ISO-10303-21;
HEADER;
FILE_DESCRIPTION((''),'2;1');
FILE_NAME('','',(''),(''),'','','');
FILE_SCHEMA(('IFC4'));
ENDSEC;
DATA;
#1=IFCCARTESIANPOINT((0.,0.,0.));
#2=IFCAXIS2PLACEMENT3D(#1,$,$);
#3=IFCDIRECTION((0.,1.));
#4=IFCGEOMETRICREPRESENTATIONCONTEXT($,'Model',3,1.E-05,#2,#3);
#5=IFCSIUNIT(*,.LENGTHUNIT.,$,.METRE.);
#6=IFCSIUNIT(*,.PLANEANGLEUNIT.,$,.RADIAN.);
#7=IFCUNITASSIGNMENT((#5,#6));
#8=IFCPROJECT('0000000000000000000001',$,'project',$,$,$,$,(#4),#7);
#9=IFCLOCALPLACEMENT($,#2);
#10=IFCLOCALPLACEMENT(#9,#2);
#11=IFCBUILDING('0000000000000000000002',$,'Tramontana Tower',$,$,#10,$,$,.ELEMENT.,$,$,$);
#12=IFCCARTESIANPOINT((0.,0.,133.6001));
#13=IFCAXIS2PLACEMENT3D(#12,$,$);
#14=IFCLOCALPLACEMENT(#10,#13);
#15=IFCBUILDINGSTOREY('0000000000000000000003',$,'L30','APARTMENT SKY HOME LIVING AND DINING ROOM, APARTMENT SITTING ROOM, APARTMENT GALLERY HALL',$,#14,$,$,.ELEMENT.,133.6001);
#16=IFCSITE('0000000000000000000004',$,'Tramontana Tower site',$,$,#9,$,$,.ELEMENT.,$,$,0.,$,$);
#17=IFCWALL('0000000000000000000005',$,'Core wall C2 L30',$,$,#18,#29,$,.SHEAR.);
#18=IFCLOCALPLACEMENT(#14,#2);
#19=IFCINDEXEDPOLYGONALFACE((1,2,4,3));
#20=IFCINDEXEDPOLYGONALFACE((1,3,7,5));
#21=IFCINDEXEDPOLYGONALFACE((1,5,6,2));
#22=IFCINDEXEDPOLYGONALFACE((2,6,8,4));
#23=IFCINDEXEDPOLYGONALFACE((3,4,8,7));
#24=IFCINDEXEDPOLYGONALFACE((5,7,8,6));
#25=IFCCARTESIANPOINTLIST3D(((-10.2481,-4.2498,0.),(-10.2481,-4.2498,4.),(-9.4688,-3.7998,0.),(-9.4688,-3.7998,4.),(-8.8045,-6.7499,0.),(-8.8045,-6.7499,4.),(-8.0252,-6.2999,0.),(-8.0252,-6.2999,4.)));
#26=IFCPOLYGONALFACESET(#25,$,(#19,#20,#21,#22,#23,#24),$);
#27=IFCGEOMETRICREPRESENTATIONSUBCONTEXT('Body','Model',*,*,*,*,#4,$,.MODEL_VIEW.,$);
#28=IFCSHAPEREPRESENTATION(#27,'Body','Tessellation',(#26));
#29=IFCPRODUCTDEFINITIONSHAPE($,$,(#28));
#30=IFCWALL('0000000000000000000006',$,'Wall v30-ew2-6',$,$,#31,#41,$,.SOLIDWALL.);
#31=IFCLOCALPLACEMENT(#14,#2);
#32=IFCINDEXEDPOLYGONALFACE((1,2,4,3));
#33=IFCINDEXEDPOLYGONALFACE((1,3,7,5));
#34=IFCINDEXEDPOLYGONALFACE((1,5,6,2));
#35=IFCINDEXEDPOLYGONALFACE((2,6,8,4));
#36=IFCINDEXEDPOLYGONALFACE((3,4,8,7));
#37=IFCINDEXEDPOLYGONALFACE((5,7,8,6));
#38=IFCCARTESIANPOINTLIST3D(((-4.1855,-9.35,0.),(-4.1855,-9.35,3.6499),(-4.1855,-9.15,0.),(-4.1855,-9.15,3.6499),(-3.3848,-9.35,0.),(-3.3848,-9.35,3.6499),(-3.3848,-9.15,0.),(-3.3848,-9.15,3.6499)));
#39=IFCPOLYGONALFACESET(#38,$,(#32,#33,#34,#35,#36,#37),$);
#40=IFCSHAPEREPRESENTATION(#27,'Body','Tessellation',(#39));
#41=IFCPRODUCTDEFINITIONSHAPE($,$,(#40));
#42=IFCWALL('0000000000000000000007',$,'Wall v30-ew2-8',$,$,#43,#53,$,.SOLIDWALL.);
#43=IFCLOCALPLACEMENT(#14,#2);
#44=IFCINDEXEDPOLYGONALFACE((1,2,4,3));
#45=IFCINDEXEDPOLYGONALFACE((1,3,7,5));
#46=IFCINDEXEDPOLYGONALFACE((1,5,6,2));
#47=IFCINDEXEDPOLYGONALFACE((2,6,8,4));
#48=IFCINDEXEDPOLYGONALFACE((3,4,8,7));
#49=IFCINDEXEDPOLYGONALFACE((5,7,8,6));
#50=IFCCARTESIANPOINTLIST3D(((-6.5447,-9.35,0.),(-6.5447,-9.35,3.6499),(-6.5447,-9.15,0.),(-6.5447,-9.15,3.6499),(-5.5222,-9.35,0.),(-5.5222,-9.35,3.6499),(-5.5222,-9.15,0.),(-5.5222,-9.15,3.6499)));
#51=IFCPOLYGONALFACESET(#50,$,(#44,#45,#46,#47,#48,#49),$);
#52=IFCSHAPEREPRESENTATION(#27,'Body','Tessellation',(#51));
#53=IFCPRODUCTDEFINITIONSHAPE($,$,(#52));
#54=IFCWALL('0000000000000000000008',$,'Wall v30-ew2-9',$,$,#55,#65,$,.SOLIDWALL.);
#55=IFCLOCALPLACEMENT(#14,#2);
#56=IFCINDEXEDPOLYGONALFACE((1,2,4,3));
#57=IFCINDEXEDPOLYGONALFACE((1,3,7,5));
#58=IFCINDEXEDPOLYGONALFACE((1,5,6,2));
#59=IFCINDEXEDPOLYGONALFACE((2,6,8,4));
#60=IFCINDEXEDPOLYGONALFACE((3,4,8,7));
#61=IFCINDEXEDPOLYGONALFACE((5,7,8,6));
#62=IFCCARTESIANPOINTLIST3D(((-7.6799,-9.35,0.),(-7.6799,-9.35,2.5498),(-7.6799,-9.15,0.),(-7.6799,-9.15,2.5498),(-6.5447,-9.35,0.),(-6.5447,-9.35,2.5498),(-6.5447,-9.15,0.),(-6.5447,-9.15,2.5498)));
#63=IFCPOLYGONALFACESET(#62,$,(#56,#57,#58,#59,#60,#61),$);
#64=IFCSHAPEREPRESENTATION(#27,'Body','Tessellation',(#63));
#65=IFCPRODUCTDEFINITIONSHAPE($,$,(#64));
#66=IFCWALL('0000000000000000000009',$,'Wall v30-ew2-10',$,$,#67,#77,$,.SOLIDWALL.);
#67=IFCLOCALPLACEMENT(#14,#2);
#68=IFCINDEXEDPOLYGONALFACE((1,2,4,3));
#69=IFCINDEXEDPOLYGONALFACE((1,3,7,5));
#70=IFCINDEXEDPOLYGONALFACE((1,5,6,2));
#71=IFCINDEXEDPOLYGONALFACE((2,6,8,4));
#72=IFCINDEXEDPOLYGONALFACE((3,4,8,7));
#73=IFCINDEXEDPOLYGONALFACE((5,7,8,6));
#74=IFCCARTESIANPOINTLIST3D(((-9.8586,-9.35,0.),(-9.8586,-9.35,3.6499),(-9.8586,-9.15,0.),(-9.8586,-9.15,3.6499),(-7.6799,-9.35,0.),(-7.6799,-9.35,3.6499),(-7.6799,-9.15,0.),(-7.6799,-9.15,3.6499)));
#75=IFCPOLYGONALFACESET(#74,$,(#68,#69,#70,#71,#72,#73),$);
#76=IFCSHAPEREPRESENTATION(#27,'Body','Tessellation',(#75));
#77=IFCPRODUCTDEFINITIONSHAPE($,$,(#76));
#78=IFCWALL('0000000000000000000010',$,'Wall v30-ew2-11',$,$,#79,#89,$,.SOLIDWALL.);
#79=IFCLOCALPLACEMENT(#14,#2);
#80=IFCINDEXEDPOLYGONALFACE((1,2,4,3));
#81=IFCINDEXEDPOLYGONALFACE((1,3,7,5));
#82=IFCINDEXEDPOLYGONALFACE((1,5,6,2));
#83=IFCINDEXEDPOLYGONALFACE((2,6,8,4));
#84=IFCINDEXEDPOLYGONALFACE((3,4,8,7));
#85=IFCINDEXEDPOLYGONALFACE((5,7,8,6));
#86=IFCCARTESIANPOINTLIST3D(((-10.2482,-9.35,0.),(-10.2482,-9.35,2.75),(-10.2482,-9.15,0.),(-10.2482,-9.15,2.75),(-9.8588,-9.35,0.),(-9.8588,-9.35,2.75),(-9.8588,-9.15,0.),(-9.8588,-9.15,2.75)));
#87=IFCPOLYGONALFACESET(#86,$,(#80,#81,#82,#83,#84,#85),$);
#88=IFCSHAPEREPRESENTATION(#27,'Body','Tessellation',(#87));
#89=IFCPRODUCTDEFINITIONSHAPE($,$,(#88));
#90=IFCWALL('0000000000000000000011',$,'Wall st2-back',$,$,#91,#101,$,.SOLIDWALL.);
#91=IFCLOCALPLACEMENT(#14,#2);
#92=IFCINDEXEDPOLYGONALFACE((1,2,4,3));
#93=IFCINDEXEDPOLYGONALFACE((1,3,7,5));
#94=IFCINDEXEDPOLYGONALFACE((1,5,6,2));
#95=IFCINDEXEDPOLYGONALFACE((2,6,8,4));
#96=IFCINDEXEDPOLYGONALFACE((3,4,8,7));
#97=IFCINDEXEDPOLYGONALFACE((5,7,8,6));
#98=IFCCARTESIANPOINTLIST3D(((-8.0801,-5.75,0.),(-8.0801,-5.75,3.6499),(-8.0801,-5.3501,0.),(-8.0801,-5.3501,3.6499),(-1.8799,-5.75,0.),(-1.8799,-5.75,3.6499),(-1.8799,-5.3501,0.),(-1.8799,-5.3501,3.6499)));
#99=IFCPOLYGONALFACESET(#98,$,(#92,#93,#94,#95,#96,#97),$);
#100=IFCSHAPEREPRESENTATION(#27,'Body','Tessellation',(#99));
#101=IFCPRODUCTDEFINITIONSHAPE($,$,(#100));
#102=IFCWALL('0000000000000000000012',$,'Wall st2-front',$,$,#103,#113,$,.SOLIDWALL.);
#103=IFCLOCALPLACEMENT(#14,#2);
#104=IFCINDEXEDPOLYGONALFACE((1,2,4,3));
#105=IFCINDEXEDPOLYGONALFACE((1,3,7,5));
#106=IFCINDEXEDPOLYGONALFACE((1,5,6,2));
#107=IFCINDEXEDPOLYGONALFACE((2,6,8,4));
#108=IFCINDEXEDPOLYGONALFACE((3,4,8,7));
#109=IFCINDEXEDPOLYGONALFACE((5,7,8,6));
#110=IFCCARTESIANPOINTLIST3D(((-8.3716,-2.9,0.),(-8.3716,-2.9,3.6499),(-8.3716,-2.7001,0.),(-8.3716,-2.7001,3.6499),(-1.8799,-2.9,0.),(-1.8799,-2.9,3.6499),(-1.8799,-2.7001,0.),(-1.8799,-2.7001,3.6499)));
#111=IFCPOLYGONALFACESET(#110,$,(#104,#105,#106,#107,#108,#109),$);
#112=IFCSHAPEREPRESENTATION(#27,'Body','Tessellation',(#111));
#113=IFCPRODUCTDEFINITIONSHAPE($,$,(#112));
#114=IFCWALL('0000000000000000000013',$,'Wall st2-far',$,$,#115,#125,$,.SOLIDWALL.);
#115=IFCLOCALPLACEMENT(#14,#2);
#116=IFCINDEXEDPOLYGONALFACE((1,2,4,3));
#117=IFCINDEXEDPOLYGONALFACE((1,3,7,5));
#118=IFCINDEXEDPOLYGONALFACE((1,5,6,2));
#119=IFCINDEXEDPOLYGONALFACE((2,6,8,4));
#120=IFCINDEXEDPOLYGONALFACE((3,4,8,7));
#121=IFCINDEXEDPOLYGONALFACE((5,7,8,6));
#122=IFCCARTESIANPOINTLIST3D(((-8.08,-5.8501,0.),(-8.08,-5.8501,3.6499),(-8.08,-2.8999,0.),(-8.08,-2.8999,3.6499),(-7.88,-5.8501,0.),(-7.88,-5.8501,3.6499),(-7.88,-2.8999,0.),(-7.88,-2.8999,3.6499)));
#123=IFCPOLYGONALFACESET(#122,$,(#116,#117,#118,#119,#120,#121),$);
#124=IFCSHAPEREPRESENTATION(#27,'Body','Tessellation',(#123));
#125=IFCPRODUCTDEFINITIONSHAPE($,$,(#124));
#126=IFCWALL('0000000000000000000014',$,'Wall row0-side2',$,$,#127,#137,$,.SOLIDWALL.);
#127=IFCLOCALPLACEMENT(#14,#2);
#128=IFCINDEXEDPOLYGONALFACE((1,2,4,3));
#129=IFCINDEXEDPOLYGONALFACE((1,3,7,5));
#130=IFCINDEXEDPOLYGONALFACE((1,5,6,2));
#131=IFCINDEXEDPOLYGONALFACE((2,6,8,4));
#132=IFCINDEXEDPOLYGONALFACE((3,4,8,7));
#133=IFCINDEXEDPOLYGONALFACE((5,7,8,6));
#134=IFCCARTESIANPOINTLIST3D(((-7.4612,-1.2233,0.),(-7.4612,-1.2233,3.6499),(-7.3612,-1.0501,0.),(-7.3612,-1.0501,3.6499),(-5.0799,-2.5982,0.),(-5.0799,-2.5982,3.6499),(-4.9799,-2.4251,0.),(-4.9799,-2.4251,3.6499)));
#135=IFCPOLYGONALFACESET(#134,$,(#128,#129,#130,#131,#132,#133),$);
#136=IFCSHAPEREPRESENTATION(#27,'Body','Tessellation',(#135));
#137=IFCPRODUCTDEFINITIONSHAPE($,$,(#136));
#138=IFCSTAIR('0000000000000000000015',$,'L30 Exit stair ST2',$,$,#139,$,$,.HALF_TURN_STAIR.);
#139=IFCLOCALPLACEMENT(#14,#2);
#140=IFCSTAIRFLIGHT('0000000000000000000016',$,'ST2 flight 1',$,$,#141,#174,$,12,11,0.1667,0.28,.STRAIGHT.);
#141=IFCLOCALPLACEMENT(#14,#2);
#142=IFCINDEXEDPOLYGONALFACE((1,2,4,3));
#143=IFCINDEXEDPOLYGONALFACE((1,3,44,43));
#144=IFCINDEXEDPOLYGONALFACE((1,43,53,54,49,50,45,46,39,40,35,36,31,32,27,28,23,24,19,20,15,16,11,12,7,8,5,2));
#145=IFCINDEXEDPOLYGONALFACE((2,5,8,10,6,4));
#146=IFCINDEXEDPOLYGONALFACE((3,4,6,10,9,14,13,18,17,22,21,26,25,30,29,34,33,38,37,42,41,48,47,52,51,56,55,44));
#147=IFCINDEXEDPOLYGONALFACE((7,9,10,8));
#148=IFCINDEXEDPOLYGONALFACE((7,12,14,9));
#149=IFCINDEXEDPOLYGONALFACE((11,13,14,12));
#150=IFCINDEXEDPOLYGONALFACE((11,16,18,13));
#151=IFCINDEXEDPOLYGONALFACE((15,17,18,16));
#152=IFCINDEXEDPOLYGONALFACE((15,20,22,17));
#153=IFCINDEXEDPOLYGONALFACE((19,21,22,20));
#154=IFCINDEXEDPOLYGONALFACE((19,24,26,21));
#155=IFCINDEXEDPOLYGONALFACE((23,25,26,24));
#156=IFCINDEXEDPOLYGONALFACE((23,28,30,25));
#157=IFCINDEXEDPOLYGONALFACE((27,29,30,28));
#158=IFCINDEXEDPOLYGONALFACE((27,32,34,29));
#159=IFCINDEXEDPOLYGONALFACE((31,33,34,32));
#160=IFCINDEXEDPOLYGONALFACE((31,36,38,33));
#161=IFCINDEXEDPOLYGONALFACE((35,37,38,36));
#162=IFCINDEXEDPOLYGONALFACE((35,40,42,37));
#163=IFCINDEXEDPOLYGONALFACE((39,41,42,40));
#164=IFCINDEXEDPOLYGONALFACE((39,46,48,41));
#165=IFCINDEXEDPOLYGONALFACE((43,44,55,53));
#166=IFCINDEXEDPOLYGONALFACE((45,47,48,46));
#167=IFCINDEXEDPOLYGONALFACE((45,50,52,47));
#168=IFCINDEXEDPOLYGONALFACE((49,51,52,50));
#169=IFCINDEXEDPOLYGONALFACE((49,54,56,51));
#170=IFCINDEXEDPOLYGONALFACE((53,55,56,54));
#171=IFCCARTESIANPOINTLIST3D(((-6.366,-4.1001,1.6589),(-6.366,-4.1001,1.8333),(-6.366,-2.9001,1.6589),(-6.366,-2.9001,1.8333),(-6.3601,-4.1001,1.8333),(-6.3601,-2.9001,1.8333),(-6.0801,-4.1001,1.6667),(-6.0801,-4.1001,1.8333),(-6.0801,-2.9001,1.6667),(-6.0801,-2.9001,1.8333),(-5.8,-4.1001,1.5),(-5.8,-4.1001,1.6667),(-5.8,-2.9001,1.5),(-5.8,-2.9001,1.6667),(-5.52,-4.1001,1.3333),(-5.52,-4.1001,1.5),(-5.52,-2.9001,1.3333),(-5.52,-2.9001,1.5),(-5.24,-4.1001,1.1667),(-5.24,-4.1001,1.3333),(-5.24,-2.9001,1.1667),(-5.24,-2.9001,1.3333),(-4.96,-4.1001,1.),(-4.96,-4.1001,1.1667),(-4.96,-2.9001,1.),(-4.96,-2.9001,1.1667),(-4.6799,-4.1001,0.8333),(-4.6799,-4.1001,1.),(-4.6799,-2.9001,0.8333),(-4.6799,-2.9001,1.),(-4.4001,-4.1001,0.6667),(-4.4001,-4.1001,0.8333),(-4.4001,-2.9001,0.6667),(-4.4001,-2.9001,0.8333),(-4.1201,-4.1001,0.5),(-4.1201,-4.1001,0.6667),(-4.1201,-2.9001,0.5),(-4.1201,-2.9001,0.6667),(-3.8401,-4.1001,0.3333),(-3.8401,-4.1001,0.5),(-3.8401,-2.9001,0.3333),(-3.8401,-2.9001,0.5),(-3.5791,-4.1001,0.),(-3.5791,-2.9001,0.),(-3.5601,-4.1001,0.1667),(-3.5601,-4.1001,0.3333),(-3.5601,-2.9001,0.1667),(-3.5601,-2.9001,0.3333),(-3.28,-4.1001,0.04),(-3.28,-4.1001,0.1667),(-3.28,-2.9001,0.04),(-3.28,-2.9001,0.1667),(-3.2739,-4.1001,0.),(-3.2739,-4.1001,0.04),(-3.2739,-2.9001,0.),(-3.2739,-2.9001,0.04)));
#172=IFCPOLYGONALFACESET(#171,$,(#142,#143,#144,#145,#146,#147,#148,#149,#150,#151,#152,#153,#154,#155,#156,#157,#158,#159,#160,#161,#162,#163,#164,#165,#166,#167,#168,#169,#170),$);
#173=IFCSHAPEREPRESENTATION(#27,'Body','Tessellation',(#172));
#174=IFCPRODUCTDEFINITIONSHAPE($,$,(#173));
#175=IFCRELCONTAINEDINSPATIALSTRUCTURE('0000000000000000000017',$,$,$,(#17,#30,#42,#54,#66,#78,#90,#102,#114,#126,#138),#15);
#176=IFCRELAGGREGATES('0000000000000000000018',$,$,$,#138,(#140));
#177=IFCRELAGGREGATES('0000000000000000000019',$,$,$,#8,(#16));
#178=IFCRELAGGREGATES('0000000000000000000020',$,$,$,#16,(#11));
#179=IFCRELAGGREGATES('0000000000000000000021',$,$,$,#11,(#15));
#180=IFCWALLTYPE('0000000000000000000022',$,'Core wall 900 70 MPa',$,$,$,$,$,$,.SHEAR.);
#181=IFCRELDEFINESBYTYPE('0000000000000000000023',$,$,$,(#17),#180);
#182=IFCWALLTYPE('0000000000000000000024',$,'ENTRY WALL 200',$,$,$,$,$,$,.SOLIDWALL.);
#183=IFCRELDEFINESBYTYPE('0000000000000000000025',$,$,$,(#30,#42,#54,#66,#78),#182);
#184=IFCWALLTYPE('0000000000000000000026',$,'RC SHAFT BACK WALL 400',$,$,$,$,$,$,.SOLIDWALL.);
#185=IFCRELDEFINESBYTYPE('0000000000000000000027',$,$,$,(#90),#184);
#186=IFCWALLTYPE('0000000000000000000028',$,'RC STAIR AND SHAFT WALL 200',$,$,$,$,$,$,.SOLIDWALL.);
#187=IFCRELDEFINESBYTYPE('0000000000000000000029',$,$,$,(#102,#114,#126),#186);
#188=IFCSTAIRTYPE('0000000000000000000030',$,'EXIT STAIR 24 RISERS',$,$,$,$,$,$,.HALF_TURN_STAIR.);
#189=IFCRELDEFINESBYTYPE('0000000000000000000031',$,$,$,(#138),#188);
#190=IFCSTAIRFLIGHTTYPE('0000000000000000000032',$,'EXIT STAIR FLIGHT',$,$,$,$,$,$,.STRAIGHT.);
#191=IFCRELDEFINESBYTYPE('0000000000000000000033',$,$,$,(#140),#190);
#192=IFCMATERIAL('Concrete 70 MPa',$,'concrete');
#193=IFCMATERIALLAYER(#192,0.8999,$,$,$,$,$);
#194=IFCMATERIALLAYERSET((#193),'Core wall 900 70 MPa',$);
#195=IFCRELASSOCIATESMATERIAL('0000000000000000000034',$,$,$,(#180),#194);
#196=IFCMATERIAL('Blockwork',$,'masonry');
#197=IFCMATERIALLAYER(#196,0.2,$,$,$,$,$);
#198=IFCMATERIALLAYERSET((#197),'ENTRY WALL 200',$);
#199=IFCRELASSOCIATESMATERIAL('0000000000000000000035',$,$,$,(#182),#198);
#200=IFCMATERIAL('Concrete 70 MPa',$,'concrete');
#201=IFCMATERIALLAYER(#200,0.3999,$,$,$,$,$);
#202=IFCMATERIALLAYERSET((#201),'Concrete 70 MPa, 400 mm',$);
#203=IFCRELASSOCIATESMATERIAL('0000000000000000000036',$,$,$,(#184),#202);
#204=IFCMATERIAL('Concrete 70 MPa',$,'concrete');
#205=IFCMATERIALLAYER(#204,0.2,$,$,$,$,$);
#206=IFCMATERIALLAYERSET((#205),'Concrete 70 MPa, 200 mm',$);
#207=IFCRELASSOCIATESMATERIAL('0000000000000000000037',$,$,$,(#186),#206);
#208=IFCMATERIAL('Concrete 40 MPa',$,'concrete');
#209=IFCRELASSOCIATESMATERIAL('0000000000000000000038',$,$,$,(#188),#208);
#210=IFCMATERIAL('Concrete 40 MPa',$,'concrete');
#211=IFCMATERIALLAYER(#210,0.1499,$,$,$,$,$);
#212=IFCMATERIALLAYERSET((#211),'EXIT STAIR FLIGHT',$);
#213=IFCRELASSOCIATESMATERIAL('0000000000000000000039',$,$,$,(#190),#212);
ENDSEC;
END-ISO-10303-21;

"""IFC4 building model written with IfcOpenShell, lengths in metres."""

from ifc_helpers import new_model, si_unit, direction, frame, frame_2d, origin, place, context, subcontext, project, spatial, polyline, rectangle, outline, extrude, material, layer, layer_set, type_object, element, aggregate, save


model = new_model("IFC4")

# Units and contexts
model_context = context("Model", 3, precision=1e-05, world=origin(), true_north=direction((0.0, 1.0)))
body_context = subcontext(model_context, "Body", "Model", "MODEL_VIEW")
ifc_project = project(units=[si_unit("LENGTHUNIT", "METRE"), si_unit("PLANEANGLEUNIT", "RADIAN")], contexts=[model_context])

# Site, building, storey
site_placement = place(None, origin())
site = spatial("IfcSite", under=ifc_project, at=site_placement, Name="Tramontana Tower site", CompositionType="ELEMENT", RefElevation=0.0)
building_placement = place(site_placement, origin())
building = spatial("IfcBuilding", under=site, at=building_placement, Name="Tramontana Tower", CompositionType="ELEMENT")
storey_placement = place(building_placement, frame((0.0, 0.0, 133.6001)))
storey = spatial("IfcBuildingStorey", under=building, at=storey_placement, Name="L30", Description="APARTMENT SKY HOME LIVING AND DINING ROOM, APARTMENT SITTING ROOM, APARTMENT GALLERY HALL", CompositionType="ELEMENT", Elevation=133.6001)

# Wall
ifc_material_1 = material(Name="Concrete 70 MPa", Category="concrete")
ifc_layer_1 = layer(ifc_material_1, 0.8999)
ifc_layer_set_1 = layer_set([ifc_layer_1], Name="Core wall 900 70 MPa")
wall_type_1 = type_object("IfcWallType", Name="Core wall 900 70 MPa", PredefinedType="SHEAR", material=ifc_layer_set_1)
wall_1_placement = place(storey_placement, frame((-9.8584, -4.0249, 0.0), z_axis=(0.0, 0.0, 1.0), x_axis=(0.500059, -0.865991, 0.0)))
element("IfcWall", 1, at=wall_1_placement, inside=storey, type_object=wall_type_1, Name="Core wall C2 L30", PredefinedType="SHEAR", context=body_context, shape_type="SweptSolid", body=[
    extrude(rectangle(XDim=2.887, YDim=0.8999, at=frame_2d((1.4434, 0.0))), origin(), (0.0, 0.0, 1.0), 4.0),
])

# Wall
ifc_material_2 = material(Name="Blockwork", Category="masonry")
ifc_layer_2 = layer(ifc_material_2, 0.2)
ifc_layer_set_2 = layer_set([ifc_layer_2], Name="ENTRY WALL 200")
wall_type_2 = type_object("IfcWallType", Name="ENTRY WALL 200", PredefinedType="SOLIDWALL", material=ifc_layer_set_2)
wall_2_placement = place(storey_placement, frame((-3.3848, -9.25, 0.0), z_axis=(0.0, 0.0, 1.0), x_axis=(-1.0, 0.0, 0.0)))
element("IfcWall", 2, at=wall_2_placement, inside=storey, type_object=wall_type_2, Name="Wall v30-ew2-6", PredefinedType="SOLIDWALL", context=body_context, shape_type="SweptSolid", body=[
    extrude(rectangle(XDim=0.8008, YDim=0.2, at=frame_2d((0.4004, 0.0))), origin(), (0.0, 0.0, 1.0), 3.6499),
])

# Walls
wall_3_placement = place(storey_placement, frame((-5.5222, -9.25, 0.0), z_axis=(0.0, 0.0, 1.0), x_axis=(-1.0, 0.0, 0.0)))
element("IfcWall", 3, at=wall_3_placement, inside=storey, type_object=wall_type_2, Name="Wall v30-ew2-8", PredefinedType="SOLIDWALL", context=body_context, shape_type="SweptSolid", body=[
    extrude(rectangle(XDim=1.0225, YDim=0.2, at=frame_2d((0.5112, 0.0))), origin(), (0.0, 0.0, 1.0), 3.6499),
])
wall_4_placement = place(storey_placement, frame((-6.5447, -9.25, 0.0), z_axis=(0.0, 0.0, 1.0), x_axis=(-1.0, 0.0, 0.0)))
element("IfcWall", 4, at=wall_4_placement, inside=storey, type_object=wall_type_2, Name="Wall v30-ew2-9", PredefinedType="SOLIDWALL", context=body_context, shape_type="SweptSolid", body=[
    extrude(rectangle(XDim=1.1353, YDim=0.2, at=frame_2d((0.5676, 0.0))), origin(), (0.0, 0.0, 1.0), 2.5498),
])
wall_5_placement = place(storey_placement, frame((-7.6799, -9.25, 0.0), z_axis=(0.0, 0.0, 1.0), x_axis=(-1.0, 0.0, 0.0)))
element("IfcWall", 5, at=wall_5_placement, inside=storey, type_object=wall_type_2, Name="Wall v30-ew2-10", PredefinedType="SOLIDWALL", context=body_context, shape_type="SweptSolid", body=[
    extrude(rectangle(XDim=2.1787, YDim=0.2, at=frame_2d((1.0894, 0.0))), origin(), (0.0, 0.0, 1.0), 3.6499),
])
wall_6_placement = place(storey_placement, frame((-9.8586, -9.25, 0.0), z_axis=(0.0, 0.0, 1.0), x_axis=(-1.0, 0.0, 0.0)))
element("IfcWall", 6, at=wall_6_placement, inside=storey, type_object=wall_type_2, Name="Wall v30-ew2-11", PredefinedType="SOLIDWALL", context=body_context, shape_type="SweptSolid", body=[
    extrude(rectangle(XDim=0.3894, YDim=0.2, at=frame_2d((0.1948, 0.0))), origin(), (0.0, 0.0, 1.0), 2.75),
])
ifc_material_3 = material(Name="Concrete 70 MPa", Category="concrete")
ifc_layer_3 = layer(ifc_material_3, 0.3999)
ifc_layer_set_3 = layer_set([ifc_layer_3], Name="Concrete 70 MPa, 400 mm")
wall_type_3 = type_object("IfcWallType", Name="RC SHAFT BACK WALL 400", PredefinedType="SOLIDWALL", material=ifc_layer_set_3)
wall_7_placement = place(storey_placement, frame((-8.0801, -5.55, 0.0), z_axis=(0.0, 0.0, 1.0), x_axis=(1.0, 0.0, 0.0)))
element("IfcWall", 7, at=wall_7_placement, inside=storey, type_object=wall_type_3, Name="Wall st2-back", PredefinedType="SOLIDWALL", context=body_context, shape_type="SweptSolid", body=[
    extrude(rectangle(XDim=6.2002, YDim=0.3999, at=frame_2d((3.1001, 0.0))), origin(), (0.0, 0.0, 1.0), 3.6499),
])
ifc_material_4 = material(Name="Concrete 70 MPa", Category="concrete")
ifc_layer_4 = layer(ifc_material_4, 0.2)
ifc_layer_set_4 = layer_set([ifc_layer_4], Name="Concrete 70 MPa, 200 mm")
wall_type_4 = type_object("IfcWallType", Name="RC STAIR AND SHAFT WALL 200", PredefinedType="SOLIDWALL", material=ifc_layer_set_4)
wall_8_placement = place(storey_placement, frame((-8.3716, -2.8, 0.0), z_axis=(0.0, 0.0, 1.0), x_axis=(1.0, 0.0, 0.0)))
element("IfcWall", 8, at=wall_8_placement, inside=storey, type_object=wall_type_4, Name="Wall st2-front", PredefinedType="SOLIDWALL", context=body_context, shape_type="SweptSolid", body=[
    extrude(rectangle(XDim=6.4917, YDim=0.2, at=frame_2d((3.2458, 0.0))), origin(), (0.0, 0.0, 1.0), 3.6499),
])
wall_9_placement = place(storey_placement, frame((-7.98, -2.8999, 0.0), z_axis=(0.0, 0.0, 1.0), x_axis=(0.0, -1.0, 0.0)))
element("IfcWall", 9, at=wall_9_placement, inside=storey, type_object=wall_type_4, Name="Wall st2-far", PredefinedType="SOLIDWALL", context=body_context, shape_type="SweptSolid", body=[
    extrude(rectangle(XDim=2.9502, YDim=0.2, at=frame_2d((1.4751, 0.0))), origin(), (0.0, 0.0, 1.0), 3.6499),
])
wall_10_placement = place(storey_placement, frame((-5.0298, -2.5117, 0.0), z_axis=(0.0, 0.0, 1.0), x_axis=(-0.866005, 0.500035, 0.0)))
element("IfcWall", 10, at=wall_10_placement, inside=storey, type_object=wall_type_4, Name="Wall row0-side2", PredefinedType="SOLIDWALL", context=body_context, shape_type="SweptSolid", body=[
    extrude(rectangle(XDim=2.7498, YDim=0.2, at=frame_2d((1.375, 0.0))), origin(), (0.0, 0.0, 1.0), 3.6499),
])

# Stair, stair flight
ifc_material_5 = material(Name="Concrete 40 MPa", Category="concrete")
stair_type = type_object("IfcStairType", Name="EXIT STAIR 24 RISERS", PredefinedType="HALF_TURN_STAIR", material=ifc_material_5)
stair_placement = place(storey_placement, origin())
stair = element("IfcStair", 11, at=stair_placement, inside=storey, type_object=stair_type, Name="L30 Exit stair ST2", PredefinedType="HALF_TURN_STAIR")
ifc_material_6 = material(Name="Concrete 40 MPa", Category="concrete")
ifc_layer_5 = layer(ifc_material_6, 0.1499)
ifc_layer_set_5 = layer_set([ifc_layer_5], Name="EXIT STAIR FLIGHT")
stair_flight_type = type_object("IfcStairFlightType", Name="EXIT STAIR FLIGHT", PredefinedType="STRAIGHT", material=ifc_layer_set_5)
stair_flight_1_placement = place(storey_placement, frame((-3.28, -3.5, 0.0), z_axis=(0.0, 0.0, 1.0), x_axis=(-1.0, 0.0, 0.0)))
stair_flight_1 = element("IfcStairFlight", 12, at=stair_flight_1_placement, type_object=stair_flight_type, Name="ST2 flight 1", NumberOfRisers=12, NumberOfTreads=11, PredefinedType="STRAIGHT", RiserHeight=0.1667, TreadLength=0.28, context=body_context, shape_type="SweptSolid", body=[
    extrude(outline(polyline([(-0.0061, 0.0), (-0.0061, 0.04), (0.0, 0.04), (0.0, 0.1667), (0.28, 0.1667), (0.28, 0.3333), (0.5601, 0.3333), (0.5601, 0.5), (0.8401, 0.5), (0.8401, 0.6667), (1.1201, 0.6667), (1.1201, 0.8333), (1.3999, 0.8333), (1.3999, 1.0), (1.6799, 1.0), (1.6799, 1.1667), (1.96, 1.1667), (1.96, 1.3333), (2.24, 1.3333), (2.24, 1.5), (2.52, 1.5), (2.52, 1.6667), (2.8, 1.6667), (2.8, 1.8333), (3.0801, 1.8333), (3.0859, 1.8333), (3.0859, 1.6589), (0.2991, 0.0), (-0.0061, 0.0)])), frame((0.0, 0.6001, 0.0), z_axis=(0.0, -1.0, 0.0), x_axis=(1.0, 0.0, 0.0)), (0.0, 0.0, 1.0), 1.2),
])
aggregate(stair, [stair_flight_1])

save(model, "model.ifc")
